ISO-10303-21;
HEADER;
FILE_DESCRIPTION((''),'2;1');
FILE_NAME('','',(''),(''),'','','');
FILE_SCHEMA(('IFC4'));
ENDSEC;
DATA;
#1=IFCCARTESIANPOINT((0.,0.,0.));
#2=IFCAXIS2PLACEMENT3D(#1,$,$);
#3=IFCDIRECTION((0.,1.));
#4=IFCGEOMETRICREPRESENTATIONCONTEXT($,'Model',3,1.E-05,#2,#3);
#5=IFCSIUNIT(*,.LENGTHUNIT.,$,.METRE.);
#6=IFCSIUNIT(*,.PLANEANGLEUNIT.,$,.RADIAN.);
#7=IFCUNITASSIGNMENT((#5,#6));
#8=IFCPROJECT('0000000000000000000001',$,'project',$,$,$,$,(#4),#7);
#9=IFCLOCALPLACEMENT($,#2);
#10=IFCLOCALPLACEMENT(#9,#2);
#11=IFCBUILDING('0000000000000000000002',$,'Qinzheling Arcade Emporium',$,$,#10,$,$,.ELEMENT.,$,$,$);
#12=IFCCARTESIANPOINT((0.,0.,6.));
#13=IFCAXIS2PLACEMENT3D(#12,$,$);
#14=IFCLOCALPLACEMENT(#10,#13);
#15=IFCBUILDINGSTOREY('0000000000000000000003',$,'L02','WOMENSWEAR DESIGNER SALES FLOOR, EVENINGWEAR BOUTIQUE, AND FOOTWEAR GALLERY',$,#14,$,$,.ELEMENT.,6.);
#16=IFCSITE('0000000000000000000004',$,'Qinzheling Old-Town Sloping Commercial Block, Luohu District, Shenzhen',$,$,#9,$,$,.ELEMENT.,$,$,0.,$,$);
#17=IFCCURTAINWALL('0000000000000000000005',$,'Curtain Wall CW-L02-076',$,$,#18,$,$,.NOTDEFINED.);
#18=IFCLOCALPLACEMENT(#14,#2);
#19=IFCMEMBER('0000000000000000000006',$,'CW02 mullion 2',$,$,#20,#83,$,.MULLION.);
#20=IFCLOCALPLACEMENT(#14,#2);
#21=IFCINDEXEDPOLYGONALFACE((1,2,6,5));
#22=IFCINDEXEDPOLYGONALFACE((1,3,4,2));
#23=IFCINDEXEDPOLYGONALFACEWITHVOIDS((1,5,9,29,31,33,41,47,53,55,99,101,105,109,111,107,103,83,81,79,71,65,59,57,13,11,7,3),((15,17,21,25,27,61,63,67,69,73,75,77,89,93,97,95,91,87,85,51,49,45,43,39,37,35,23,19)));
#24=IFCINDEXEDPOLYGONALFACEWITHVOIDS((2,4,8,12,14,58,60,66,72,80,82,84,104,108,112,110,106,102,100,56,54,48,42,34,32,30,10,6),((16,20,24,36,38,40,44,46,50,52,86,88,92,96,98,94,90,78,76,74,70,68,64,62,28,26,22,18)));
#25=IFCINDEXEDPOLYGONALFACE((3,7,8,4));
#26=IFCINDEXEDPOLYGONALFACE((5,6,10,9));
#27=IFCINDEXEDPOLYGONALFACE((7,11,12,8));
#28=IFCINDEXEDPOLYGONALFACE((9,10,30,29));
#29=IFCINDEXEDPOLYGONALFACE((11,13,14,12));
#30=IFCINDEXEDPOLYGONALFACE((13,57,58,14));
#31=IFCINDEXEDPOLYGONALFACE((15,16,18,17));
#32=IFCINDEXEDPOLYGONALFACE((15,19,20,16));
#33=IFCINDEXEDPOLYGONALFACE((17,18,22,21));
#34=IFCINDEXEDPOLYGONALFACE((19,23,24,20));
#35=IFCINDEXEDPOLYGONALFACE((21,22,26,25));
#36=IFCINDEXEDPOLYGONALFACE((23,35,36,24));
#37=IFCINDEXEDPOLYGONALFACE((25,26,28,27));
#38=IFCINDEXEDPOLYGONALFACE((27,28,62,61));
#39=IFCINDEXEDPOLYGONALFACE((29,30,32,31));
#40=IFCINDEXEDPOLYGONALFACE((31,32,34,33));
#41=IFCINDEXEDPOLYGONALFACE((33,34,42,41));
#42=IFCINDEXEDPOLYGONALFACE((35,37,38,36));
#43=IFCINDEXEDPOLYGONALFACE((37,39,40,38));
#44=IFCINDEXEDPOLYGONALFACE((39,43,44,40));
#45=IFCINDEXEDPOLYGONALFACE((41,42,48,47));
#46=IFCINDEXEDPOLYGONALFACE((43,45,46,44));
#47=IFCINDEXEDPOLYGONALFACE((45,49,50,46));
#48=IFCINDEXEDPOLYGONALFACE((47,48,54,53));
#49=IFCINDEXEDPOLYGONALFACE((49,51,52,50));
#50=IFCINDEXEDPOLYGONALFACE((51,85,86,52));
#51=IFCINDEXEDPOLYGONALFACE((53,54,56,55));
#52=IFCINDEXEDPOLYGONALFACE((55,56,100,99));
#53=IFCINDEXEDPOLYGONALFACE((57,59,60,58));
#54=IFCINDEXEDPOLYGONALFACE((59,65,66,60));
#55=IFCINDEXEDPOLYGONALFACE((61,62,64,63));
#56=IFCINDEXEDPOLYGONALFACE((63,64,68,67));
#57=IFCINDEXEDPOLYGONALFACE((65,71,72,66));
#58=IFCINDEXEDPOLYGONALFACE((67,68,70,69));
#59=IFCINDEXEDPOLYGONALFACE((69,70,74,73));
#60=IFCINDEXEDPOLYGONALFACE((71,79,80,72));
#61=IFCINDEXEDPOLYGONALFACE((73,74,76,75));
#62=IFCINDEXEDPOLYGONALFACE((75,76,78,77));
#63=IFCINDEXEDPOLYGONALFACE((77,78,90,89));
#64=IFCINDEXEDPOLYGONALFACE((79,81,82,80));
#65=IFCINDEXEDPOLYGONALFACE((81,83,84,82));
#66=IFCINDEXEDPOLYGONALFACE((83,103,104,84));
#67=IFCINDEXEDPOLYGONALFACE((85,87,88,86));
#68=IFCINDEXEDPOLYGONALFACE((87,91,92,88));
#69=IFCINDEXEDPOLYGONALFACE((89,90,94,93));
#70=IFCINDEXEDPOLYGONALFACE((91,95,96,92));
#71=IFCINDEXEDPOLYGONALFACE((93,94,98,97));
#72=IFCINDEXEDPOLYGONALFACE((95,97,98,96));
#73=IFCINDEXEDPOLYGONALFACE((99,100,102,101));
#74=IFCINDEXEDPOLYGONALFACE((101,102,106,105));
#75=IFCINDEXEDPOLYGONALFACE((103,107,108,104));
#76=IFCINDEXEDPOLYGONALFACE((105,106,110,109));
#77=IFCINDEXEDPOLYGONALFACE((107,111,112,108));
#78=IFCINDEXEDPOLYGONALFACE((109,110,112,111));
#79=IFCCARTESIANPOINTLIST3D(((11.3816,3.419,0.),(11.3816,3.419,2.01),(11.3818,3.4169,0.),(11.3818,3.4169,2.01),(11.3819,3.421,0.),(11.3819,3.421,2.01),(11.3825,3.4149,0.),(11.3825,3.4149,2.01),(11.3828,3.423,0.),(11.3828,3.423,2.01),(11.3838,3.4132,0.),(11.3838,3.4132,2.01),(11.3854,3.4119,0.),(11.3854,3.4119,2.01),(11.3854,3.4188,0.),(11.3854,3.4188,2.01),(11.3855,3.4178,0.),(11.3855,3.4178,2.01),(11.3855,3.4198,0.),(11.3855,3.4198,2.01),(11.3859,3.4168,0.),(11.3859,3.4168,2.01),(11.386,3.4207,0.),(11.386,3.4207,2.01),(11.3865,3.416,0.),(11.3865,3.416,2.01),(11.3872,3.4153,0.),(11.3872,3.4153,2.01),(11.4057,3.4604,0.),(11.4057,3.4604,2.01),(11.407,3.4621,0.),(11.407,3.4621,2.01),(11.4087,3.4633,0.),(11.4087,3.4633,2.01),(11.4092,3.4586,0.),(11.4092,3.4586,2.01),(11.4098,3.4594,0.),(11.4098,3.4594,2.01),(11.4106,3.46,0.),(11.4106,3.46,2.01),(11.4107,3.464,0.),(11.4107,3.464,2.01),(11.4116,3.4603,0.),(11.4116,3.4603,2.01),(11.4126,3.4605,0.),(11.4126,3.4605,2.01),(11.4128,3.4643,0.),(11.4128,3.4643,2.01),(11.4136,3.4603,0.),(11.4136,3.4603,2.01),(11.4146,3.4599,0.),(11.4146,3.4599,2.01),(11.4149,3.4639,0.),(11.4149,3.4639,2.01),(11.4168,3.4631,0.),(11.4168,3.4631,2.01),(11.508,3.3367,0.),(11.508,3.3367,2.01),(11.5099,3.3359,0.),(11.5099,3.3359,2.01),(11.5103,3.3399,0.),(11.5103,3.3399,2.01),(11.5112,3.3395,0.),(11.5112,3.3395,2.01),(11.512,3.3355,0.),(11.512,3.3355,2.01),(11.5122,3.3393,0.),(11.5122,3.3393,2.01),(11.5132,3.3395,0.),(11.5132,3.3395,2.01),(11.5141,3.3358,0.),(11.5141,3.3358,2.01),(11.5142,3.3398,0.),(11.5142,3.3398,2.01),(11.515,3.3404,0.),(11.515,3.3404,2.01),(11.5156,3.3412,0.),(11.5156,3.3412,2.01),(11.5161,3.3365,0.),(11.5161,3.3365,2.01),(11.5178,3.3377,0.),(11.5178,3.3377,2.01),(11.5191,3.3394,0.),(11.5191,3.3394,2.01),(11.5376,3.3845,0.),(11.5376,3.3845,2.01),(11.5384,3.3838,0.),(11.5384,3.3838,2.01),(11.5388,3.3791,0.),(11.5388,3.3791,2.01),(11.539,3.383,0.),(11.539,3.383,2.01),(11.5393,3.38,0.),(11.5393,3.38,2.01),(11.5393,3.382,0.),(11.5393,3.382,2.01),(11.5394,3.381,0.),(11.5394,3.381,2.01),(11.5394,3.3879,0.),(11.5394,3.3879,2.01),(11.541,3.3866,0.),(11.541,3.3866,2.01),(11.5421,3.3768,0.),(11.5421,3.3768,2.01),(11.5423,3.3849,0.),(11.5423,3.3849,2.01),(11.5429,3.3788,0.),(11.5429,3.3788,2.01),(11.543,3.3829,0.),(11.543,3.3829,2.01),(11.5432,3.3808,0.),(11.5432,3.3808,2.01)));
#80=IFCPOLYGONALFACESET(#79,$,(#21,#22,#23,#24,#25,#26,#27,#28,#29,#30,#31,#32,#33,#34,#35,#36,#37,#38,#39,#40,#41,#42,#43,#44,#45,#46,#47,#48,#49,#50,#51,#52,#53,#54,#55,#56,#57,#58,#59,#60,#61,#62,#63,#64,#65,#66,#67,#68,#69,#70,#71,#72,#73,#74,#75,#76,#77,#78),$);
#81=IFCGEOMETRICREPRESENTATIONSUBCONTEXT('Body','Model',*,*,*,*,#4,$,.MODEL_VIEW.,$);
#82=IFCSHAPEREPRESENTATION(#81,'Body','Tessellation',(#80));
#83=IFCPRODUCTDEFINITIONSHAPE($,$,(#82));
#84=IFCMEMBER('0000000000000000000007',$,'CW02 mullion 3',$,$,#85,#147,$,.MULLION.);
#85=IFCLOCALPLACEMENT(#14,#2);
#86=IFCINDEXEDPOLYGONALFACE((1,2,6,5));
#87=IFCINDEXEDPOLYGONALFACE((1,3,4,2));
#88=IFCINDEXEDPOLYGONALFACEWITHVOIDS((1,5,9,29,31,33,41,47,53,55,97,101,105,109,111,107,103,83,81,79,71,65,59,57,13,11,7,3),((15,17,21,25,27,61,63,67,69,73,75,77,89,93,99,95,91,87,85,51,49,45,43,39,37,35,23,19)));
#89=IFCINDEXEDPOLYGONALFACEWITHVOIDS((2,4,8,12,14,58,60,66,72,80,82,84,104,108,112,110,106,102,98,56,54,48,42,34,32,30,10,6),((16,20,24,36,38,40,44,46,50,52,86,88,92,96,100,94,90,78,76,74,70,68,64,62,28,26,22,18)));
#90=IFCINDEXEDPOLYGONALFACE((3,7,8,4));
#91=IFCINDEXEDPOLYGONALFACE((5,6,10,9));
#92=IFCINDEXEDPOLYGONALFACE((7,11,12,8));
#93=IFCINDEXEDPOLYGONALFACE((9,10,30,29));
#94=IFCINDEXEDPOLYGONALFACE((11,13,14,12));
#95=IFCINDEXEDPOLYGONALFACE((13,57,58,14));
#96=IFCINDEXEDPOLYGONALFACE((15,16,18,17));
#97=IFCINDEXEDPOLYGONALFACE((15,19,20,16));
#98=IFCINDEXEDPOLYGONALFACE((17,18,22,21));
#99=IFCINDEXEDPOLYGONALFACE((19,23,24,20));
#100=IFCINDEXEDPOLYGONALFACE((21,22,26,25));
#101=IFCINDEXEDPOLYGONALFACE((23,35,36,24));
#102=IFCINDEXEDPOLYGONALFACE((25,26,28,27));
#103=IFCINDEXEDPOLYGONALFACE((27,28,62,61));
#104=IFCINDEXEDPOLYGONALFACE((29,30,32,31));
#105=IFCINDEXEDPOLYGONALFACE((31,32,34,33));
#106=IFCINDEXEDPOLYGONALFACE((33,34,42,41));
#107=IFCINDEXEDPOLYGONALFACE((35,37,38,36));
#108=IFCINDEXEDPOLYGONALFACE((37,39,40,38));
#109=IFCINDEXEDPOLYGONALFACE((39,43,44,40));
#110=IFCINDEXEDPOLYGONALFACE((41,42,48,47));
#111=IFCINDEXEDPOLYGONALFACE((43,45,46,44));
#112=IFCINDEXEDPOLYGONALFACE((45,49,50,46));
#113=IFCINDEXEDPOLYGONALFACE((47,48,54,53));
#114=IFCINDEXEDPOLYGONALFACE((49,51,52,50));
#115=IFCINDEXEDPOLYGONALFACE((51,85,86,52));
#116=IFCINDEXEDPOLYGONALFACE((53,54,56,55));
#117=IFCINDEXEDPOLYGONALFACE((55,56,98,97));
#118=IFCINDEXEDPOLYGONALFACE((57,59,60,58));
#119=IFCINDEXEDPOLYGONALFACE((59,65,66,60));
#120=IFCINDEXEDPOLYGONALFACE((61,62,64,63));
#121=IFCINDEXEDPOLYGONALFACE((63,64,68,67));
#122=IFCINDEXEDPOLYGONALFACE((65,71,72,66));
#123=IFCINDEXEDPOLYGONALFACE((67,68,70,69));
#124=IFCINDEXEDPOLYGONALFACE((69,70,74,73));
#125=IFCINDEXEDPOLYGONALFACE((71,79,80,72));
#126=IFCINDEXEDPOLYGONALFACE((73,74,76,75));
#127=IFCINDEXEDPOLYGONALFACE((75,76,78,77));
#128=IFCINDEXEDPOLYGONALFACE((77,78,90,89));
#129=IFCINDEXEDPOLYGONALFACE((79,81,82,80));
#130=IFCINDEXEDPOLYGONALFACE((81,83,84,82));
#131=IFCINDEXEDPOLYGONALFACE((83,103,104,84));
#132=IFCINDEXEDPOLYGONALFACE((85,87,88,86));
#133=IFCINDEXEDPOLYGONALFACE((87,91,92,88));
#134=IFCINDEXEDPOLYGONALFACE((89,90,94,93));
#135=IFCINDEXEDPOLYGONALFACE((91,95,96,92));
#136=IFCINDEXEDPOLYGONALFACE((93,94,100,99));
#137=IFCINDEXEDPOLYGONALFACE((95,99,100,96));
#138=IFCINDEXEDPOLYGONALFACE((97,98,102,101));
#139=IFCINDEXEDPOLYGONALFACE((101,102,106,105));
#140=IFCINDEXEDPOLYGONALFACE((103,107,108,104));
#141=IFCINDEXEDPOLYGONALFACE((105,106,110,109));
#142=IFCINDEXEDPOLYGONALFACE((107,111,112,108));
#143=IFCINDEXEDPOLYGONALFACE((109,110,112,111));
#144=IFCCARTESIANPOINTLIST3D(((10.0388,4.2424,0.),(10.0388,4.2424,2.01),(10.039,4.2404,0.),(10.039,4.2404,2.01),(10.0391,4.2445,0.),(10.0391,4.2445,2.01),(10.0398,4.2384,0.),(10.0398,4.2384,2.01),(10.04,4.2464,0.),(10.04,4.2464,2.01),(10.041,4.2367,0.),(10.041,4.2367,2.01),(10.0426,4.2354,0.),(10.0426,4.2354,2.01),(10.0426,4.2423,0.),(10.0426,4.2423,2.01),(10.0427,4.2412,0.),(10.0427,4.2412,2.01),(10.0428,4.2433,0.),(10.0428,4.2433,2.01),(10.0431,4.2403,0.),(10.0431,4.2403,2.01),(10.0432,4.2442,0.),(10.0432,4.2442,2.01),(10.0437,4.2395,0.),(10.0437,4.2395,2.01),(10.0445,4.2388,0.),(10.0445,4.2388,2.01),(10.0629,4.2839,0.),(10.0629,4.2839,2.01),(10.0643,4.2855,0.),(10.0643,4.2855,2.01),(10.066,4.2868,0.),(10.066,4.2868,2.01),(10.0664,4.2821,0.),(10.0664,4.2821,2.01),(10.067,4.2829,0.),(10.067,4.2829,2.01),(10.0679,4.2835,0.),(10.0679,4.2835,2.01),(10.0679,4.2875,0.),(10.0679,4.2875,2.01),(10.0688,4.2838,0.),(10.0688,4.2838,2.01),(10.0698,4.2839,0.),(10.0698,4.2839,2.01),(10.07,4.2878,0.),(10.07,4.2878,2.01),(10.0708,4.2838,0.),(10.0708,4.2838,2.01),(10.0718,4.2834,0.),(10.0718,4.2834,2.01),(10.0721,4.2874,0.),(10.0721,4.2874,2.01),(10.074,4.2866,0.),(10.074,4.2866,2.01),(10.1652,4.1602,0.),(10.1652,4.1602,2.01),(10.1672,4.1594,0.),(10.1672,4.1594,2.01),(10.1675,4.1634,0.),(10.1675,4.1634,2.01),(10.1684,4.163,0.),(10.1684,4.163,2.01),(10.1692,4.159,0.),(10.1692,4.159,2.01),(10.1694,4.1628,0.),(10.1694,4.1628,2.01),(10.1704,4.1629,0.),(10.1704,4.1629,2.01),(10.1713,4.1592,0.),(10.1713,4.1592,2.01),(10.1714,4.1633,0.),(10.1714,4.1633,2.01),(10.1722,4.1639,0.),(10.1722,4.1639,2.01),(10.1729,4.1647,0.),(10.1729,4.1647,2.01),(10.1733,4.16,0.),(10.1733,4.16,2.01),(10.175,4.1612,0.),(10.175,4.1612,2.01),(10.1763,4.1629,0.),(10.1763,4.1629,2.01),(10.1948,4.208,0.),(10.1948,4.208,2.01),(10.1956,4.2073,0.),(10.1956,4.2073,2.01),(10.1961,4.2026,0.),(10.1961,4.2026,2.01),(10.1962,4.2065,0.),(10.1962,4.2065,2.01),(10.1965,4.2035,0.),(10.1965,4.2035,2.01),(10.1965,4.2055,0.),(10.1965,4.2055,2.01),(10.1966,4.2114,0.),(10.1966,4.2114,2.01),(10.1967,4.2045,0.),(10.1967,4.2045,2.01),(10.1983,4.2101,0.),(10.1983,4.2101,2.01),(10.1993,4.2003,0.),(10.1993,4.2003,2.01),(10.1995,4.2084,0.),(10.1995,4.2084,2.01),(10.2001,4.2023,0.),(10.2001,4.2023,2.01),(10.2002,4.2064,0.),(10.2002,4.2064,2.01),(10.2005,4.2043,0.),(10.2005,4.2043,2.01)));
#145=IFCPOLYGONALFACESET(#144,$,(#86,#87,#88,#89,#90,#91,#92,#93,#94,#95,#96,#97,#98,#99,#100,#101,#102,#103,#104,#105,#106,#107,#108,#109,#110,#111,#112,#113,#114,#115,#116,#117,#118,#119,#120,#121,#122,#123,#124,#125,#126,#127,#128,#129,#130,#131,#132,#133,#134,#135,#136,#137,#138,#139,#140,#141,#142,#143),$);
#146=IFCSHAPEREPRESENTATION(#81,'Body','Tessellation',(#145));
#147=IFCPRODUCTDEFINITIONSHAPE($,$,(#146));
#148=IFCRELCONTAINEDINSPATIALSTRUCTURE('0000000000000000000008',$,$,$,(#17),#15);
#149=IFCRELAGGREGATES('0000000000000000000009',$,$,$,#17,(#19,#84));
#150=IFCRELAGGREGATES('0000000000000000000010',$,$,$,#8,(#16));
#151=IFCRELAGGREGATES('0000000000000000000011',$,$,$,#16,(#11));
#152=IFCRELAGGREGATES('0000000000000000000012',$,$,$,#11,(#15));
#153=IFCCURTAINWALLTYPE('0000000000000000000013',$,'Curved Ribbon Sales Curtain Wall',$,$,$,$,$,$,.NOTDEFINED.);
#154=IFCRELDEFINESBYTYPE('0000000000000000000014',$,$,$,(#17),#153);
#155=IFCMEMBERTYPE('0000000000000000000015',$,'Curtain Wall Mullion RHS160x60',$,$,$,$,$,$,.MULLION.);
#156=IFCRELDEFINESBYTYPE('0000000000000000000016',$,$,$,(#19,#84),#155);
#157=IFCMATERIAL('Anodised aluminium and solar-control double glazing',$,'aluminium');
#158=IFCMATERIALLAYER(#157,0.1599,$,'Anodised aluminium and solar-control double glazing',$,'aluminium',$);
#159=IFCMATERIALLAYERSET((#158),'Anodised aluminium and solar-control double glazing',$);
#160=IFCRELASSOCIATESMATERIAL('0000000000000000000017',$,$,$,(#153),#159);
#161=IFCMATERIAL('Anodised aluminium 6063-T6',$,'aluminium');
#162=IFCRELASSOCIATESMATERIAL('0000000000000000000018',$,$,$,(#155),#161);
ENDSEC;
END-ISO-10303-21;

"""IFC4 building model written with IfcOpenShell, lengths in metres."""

from ifc_helpers import new_model, si_unit, direction, frame, origin, origin_2d, place, context, subcontext, project, spatial, hollow_rectangle, extrude, material, layer, layer_set, material_profile, profile_set, type_object, element, aggregate, save


model = new_model("IFC4")

# Units and contexts
model_context = context("Model", 3, precision=1e-05, world=origin(), true_north=direction((0.0, 1.0)))
body_context = subcontext(model_context, "Body", "Model", "MODEL_VIEW")
ifc_project = project(units=[si_unit("LENGTHUNIT", "METRE"), si_unit("PLANEANGLEUNIT", "RADIAN")], contexts=[model_context])

# Site, building, storey
site_placement = place(None, origin())
site = spatial("IfcSite", under=ifc_project, at=site_placement, Name="Qinzheling Old-Town Sloping Commercial Block, Luohu District, Shenzhen", CompositionType="ELEMENT", RefElevation=0.0)
building_placement = place(site_placement, origin())
building = spatial("IfcBuilding", under=site, at=building_placement, Name="Qinzheling Arcade Emporium", CompositionType="ELEMENT")
storey_placement = place(building_placement, frame((0.0, 0.0, 6.0)))
storey = spatial("IfcBuildingStorey", under=building, at=storey_placement, Name="L02", Description="WOMENSWEAR DESIGNER SALES FLOOR, EVENINGWEAR BOUTIQUE, AND FOOTWEAR GALLERY", CompositionType="ELEMENT", Elevation=6.0)

# Curtain wall, members
ifc_material_1 = material(Name="Anodised aluminium and solar-control double glazing", Category="aluminium")
ifc_layer_1 = layer(ifc_material_1, 0.1599, Name="Anodised aluminium and solar-control double glazing", Category="aluminium")
ifc_layer_set_1 = layer_set([ifc_layer_1], Name="Anodised aluminium and solar-control double glazing")
curtain_wall_type = type_object("IfcCurtainWallType", Name="Curved Ribbon Sales Curtain Wall", PredefinedType="NOTDEFINED", material=ifc_layer_set_1)
curtain_wall_1_placement = place(storey_placement, origin())
curtain_wall_1 = element("IfcCurtainWall", 1, at=curtain_wall_1_placement, inside=storey, type_object=curtain_wall_type, Name="Curtain Wall CW-L02-076", PredefinedType="NOTDEFINED")
ifc_material_2 = material(Name="Anodised aluminium 6063-T6", Category="aluminium")
ifc_material_profile_1 = material_profile(ifc_material_2, hollow_rectangle(XDim=0.0601, YDim=0.1599, WallThickness=0.0039, InnerFilletRadius=0.0039, OuterFilletRadius=0.0081, at=origin_2d()), Name="RHS 160x60x4", Category="aluminium")
ifc_profile_set_1 = profile_set([ifc_material_profile_1], Name="Anodised aluminium 6063-T6")
member_type_1 = type_object("IfcMemberType", Name="Curtain Wall Mullion RHS160x60", PredefinedType="MULLION", material=ifc_profile_set_1)
member_1_placement = place(storey_placement, frame((11.4624, 3.3999, 0.0), z_axis=(0.0, 0.0, 1.0), x_axis=(-0.522672, -0.852534, 0.0)))
member_1 = element("IfcMember", 2, at=member_1_placement, type_object=member_type_1, Name="CW02 mullion 2", PredefinedType="MULLION", context=body_context, shape_type="SweptSolid", body=[
    extrude(hollow_rectangle(XDim=0.0601, YDim=0.1599, WallThickness=0.0039, InnerFilletRadius=0.0039, OuterFilletRadius=0.0081, at=origin_2d()), origin(), (0.0, 0.0, 1.0), 2.01),
])
member_2_placement = place(storey_placement, frame((10.1196, 4.2234, 0.0), z_axis=(0.0, 0.0, 1.0), x_axis=(-0.522672, -0.852534, 0.0)))
member_2 = element("IfcMember", 3, at=member_2_placement, type_object=member_type_1, Name="CW02 mullion 3", PredefinedType="MULLION", context=body_context, shape_type="SweptSolid", body=[
    extrude(hollow_rectangle(XDim=0.0601, YDim=0.1599, WallThickness=0.0039, InnerFilletRadius=0.0039, OuterFilletRadius=0.0081, at=origin_2d()), origin(), (0.0, 0.0, 1.0), 2.01),
])

aggregate(curtain_wall_1, [member_1, member_2])

save(model, "model.ifc")
